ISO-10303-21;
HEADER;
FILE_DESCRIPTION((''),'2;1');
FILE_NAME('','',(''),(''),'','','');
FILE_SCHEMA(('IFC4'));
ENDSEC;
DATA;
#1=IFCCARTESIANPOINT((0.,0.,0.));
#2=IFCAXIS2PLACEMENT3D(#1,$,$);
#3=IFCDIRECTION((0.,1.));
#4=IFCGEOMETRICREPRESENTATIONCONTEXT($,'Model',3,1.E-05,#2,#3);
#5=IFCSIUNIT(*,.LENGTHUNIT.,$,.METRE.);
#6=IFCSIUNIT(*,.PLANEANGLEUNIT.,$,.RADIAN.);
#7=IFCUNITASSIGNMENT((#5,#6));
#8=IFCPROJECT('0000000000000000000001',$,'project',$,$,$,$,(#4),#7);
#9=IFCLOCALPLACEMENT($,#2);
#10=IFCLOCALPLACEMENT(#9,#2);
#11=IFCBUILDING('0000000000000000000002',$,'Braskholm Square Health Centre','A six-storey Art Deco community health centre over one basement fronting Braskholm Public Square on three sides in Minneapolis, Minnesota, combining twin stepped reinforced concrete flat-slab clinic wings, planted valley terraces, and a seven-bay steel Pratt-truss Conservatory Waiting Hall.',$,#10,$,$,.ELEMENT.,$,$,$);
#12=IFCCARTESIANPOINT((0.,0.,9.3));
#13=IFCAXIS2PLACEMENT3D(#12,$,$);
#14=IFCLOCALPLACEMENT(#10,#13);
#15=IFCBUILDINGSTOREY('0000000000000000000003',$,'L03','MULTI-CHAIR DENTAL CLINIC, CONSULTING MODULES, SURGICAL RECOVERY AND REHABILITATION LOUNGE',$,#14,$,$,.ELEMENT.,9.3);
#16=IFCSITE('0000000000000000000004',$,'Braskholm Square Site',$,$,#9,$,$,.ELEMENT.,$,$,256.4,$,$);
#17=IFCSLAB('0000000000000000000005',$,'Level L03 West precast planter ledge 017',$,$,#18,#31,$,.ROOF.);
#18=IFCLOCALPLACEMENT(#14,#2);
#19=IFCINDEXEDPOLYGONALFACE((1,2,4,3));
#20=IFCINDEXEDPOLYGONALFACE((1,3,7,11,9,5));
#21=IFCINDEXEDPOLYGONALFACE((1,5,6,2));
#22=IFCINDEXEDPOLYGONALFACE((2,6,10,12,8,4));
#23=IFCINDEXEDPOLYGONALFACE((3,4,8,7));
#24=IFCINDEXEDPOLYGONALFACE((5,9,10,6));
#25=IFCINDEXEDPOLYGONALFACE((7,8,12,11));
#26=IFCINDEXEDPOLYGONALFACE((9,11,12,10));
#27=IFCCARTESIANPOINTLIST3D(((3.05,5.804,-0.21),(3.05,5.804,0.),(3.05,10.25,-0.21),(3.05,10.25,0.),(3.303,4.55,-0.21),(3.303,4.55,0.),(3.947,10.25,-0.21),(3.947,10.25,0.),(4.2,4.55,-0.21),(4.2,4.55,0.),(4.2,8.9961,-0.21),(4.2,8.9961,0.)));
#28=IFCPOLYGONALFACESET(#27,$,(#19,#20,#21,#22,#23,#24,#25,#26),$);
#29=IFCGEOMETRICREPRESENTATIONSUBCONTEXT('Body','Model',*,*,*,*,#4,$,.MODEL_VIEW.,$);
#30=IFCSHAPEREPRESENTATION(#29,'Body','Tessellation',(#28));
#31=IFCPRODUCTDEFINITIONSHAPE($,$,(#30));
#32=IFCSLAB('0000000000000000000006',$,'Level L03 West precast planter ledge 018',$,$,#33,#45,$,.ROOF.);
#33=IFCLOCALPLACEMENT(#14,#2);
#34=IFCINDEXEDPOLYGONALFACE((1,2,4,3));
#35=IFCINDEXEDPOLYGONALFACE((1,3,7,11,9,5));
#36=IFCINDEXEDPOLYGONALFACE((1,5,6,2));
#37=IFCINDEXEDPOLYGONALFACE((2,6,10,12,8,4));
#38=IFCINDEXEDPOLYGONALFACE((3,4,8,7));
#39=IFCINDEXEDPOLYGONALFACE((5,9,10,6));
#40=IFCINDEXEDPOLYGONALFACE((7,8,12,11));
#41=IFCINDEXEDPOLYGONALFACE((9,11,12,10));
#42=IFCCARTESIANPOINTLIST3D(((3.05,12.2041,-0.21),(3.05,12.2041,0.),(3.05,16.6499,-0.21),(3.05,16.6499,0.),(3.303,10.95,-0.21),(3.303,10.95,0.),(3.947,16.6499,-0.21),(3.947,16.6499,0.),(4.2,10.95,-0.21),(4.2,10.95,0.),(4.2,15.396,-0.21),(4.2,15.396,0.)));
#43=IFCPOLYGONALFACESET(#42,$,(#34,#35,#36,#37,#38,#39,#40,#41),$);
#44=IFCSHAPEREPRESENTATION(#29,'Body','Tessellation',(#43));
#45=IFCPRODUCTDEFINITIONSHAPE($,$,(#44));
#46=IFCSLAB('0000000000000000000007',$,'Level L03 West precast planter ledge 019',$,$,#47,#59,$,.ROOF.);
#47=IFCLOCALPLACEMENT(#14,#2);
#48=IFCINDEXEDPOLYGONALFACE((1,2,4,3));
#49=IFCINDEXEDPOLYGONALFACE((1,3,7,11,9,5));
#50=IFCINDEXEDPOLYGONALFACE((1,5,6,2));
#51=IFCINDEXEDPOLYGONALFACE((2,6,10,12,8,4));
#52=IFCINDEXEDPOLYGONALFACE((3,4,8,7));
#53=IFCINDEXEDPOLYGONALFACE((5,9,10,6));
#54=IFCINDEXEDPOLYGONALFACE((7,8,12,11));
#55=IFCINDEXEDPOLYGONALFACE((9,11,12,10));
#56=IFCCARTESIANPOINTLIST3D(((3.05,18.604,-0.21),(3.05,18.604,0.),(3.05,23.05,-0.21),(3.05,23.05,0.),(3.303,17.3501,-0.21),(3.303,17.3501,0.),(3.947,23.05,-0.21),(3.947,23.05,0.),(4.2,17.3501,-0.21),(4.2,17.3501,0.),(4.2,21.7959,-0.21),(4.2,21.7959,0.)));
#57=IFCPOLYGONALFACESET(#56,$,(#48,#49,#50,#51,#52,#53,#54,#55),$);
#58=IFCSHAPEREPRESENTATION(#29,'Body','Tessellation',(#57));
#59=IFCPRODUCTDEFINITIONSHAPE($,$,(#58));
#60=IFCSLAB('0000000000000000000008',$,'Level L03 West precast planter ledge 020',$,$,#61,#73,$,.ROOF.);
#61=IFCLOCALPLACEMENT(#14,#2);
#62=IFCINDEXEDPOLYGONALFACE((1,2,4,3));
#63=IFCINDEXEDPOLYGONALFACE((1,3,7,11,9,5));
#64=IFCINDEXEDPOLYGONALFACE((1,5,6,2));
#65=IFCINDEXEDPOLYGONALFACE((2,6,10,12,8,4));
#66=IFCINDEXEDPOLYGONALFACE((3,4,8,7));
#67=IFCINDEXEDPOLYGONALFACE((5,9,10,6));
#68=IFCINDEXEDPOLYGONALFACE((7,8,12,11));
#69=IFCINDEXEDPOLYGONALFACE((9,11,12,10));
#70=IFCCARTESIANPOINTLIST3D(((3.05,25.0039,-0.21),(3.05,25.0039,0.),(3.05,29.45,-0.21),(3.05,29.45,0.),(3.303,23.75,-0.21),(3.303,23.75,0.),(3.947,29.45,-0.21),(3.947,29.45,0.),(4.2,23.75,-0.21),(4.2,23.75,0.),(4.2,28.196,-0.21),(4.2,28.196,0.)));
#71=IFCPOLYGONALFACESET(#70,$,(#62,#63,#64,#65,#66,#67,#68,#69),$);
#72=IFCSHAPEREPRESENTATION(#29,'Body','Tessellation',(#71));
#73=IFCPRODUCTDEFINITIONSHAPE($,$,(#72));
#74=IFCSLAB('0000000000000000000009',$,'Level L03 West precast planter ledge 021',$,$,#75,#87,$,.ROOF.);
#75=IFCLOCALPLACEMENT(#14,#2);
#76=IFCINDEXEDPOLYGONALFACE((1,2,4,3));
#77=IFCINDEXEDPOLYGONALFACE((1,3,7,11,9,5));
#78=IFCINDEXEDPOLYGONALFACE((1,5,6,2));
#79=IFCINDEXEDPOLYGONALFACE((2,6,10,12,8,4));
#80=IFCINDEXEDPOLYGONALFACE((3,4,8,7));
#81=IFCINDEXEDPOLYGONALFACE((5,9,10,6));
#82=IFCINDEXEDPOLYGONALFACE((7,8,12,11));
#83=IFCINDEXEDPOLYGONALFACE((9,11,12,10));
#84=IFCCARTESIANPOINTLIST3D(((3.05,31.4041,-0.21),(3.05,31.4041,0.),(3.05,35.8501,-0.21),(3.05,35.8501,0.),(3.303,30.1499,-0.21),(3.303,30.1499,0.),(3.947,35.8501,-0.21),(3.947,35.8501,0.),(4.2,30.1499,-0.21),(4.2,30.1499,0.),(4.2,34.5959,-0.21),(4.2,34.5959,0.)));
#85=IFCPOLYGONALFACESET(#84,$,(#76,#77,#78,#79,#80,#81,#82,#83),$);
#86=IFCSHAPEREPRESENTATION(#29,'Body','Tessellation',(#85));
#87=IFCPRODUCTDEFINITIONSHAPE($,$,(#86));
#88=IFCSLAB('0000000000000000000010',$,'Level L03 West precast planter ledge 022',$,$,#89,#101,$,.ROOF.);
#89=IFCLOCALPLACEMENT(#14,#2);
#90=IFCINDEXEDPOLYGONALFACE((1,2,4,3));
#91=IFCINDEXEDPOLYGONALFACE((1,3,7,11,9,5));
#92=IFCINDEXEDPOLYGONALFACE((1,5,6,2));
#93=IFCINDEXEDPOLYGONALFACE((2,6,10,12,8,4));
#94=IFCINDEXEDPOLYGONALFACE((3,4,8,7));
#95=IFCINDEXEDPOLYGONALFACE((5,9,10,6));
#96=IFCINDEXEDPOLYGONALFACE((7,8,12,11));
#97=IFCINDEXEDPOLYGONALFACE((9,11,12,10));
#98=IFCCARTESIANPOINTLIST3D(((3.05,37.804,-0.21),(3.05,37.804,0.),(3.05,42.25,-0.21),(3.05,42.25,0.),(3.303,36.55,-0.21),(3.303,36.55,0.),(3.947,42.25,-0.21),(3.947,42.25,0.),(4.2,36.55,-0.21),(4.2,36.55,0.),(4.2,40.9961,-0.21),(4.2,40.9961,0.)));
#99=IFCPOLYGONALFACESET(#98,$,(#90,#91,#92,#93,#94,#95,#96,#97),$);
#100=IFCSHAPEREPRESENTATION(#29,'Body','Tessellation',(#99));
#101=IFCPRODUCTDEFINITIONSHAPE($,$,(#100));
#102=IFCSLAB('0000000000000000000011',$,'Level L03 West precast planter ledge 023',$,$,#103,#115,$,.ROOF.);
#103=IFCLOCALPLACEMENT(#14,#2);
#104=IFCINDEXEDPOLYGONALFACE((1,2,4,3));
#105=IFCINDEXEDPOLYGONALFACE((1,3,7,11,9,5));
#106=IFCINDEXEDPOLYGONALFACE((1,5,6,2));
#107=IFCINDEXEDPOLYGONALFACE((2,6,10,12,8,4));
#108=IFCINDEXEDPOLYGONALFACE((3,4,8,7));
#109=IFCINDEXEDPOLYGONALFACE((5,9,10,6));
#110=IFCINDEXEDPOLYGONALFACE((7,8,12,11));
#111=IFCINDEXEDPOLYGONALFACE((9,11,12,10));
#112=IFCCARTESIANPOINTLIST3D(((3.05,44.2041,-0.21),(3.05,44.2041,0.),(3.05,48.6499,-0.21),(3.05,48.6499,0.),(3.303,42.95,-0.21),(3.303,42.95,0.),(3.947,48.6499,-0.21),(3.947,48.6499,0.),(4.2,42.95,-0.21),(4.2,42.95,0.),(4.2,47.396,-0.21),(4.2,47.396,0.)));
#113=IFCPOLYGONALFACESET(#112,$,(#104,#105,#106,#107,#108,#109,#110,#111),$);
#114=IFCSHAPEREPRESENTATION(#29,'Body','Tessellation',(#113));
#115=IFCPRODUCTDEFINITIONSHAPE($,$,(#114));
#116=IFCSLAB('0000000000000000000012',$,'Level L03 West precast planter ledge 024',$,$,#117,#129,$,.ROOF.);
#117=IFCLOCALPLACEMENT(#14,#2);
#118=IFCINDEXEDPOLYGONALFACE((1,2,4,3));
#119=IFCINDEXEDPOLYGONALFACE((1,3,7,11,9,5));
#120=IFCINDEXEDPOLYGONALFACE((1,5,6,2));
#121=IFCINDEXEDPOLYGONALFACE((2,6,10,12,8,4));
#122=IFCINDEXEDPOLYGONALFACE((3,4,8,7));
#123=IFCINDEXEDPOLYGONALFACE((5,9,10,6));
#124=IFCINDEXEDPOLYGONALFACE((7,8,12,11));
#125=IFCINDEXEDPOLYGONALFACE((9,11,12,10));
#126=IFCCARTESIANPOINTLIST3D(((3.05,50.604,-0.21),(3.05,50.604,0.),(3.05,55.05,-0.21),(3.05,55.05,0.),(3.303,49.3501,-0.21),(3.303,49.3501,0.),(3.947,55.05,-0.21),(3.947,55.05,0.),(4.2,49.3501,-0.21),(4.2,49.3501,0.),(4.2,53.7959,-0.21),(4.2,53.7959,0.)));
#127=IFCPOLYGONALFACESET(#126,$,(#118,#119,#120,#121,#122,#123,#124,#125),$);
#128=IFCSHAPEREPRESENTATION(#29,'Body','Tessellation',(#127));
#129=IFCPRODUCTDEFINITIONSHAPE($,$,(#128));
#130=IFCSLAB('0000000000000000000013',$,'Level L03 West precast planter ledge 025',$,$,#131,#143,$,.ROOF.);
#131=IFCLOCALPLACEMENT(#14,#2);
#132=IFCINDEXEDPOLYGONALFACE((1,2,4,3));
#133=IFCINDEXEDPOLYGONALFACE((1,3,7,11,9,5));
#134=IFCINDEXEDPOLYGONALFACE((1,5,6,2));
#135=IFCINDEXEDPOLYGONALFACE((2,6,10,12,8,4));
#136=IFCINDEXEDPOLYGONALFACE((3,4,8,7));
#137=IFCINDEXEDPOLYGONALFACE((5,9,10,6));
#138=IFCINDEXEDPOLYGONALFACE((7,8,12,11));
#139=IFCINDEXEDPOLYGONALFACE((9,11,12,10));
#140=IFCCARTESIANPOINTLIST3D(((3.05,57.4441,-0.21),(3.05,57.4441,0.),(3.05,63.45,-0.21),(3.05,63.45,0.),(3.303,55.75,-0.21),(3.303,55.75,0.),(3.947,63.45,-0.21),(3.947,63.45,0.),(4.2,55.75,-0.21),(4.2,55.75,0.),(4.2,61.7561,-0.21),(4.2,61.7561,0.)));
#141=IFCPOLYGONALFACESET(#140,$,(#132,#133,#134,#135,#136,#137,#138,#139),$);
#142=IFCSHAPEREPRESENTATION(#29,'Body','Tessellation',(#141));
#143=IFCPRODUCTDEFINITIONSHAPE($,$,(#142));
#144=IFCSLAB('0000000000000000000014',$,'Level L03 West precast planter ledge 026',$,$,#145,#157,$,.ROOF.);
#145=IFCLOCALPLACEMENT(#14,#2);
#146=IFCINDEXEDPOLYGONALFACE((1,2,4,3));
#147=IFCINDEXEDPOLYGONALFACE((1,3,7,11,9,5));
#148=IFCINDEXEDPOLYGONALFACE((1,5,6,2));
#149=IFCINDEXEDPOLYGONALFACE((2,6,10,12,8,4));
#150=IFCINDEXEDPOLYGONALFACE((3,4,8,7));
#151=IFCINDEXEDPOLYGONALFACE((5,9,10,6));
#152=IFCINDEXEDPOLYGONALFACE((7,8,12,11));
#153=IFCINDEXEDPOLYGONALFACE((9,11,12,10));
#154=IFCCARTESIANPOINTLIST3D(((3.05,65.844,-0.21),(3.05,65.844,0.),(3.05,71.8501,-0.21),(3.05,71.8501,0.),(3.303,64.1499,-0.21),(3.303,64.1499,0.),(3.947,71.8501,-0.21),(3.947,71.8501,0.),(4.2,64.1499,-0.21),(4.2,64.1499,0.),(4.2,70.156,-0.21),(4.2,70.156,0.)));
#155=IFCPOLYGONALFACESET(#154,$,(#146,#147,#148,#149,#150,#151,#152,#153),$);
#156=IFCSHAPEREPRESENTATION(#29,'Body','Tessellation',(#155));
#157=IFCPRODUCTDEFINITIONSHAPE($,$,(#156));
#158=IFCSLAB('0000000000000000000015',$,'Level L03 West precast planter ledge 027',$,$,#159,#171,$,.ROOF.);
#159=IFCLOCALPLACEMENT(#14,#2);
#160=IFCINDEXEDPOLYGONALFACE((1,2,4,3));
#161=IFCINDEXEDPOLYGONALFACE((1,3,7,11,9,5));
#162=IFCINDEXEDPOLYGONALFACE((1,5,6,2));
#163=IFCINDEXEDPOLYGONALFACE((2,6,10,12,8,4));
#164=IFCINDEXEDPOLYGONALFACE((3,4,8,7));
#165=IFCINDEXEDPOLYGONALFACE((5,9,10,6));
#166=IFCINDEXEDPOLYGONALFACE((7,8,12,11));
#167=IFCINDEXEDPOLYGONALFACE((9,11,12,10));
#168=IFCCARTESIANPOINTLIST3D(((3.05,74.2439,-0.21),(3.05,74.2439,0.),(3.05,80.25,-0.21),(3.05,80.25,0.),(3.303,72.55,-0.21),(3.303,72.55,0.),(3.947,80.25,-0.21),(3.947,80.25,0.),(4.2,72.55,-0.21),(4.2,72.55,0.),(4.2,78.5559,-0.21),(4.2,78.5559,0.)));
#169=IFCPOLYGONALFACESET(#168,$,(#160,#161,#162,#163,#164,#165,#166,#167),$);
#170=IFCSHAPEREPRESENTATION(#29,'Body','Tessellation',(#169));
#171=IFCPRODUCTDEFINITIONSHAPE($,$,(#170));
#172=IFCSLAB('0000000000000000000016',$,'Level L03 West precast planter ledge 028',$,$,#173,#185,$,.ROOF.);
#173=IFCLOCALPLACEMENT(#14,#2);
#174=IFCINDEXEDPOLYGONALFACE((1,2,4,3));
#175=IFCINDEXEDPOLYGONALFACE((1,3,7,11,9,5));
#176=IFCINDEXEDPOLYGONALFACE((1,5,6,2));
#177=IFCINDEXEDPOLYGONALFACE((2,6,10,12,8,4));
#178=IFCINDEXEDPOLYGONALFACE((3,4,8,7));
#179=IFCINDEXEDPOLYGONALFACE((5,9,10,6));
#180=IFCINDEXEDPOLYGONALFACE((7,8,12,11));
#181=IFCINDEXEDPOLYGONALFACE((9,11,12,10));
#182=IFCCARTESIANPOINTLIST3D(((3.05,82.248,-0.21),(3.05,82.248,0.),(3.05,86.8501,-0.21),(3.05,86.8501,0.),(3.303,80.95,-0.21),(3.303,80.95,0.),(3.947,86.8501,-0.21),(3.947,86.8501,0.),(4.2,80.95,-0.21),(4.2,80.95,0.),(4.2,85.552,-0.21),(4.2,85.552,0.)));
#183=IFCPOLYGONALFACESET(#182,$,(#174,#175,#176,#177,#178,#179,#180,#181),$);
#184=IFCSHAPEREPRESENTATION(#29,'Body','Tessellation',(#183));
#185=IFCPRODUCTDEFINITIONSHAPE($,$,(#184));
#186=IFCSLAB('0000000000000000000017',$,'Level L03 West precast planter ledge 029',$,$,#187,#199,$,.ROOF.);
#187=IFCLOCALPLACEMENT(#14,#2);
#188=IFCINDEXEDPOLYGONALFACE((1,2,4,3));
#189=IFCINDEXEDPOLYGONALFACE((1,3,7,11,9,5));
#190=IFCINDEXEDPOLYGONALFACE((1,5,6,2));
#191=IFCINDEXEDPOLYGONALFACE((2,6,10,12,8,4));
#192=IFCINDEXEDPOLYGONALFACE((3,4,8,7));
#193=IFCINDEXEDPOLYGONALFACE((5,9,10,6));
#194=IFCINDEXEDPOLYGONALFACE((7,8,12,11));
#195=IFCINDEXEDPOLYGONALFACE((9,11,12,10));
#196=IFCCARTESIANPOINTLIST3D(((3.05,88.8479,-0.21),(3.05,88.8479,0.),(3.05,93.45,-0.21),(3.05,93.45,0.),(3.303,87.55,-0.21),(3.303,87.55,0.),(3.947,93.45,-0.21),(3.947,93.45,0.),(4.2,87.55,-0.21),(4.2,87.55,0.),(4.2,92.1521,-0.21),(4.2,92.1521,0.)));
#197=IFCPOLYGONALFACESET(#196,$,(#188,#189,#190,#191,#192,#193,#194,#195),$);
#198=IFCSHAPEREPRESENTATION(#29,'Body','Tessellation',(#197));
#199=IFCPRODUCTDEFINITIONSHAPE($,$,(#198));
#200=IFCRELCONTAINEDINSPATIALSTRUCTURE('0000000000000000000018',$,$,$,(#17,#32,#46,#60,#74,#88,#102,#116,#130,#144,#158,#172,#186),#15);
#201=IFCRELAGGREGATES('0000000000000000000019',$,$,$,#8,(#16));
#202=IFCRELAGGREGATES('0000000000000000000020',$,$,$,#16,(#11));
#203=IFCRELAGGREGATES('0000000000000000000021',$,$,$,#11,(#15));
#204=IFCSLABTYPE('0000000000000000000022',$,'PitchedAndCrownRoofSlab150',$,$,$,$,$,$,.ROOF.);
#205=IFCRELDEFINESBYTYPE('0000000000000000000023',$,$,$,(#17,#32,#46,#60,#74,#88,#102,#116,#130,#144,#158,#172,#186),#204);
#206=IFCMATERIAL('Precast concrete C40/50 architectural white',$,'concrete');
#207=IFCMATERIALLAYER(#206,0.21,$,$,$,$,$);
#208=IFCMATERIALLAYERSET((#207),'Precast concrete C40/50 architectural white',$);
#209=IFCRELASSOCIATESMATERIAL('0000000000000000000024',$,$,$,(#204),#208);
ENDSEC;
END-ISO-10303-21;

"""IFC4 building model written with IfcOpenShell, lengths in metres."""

from ifc_helpers import new_model, si_unit, direction, frame, origin, place, context, subcontext, project, spatial, polyline, outline, extrude, material, layer, layer_set, type_object, element, save


model = new_model("IFC4")

# Units and contexts
model_context = context("Model", 3, precision=1e-05, world=origin(), true_north=direction((0.0, 1.0)))
body_context = subcontext(model_context, "Body", "Model", "MODEL_VIEW")
ifc_project = project(units=[si_unit("LENGTHUNIT", "METRE"), si_unit("PLANEANGLEUNIT", "RADIAN")], contexts=[model_context])

# Site, building, storey
site_placement = place(None, origin())
site = spatial("IfcSite", under=ifc_project, at=site_placement, Name="Braskholm Square Site", CompositionType="ELEMENT", RefElevation=256.4)
building_placement = place(site_placement, origin())
building = spatial("IfcBuilding", under=site, at=building_placement, Name="Braskholm Square Health Centre", Description="A six-storey Art Deco community health centre over one basement fronting Braskholm Public Square on three sides in Minneapolis, Minnesota, combining twin stepped reinforced concrete flat-slab clinic wings, planted valley terraces, and a seven-bay steel Pratt-truss Conservatory Waiting Hall.", CompositionType="ELEMENT")
storey_placement = place(building_placement, frame((0.0, 0.0, 9.3)))
storey = spatial("IfcBuildingStorey", under=building, at=storey_placement, Name="L03", Description="MULTI-CHAIR DENTAL CLINIC, CONSULTING MODULES, SURGICAL RECOVERY AND REHABILITATION LOUNGE", CompositionType="ELEMENT", Elevation=9.3)

# Slabs
ifc_material_1 = material(Name="Precast concrete C40/50 architectural white", Category="concrete")
ifc_layer_1 = layer(ifc_material_1, 0.21)
ifc_layer_set_1 = layer_set([ifc_layer_1], Name="Precast concrete C40/50 architectural white")
slab_type_1 = type_object("IfcSlabType", Name="PitchedAndCrownRoofSlab150", PredefinedType="ROOF", material=ifc_layer_set_1)
slab_1_placement = place(storey_placement, frame((0.0, 0.0, -0.21)))
element("IfcSlab", 1, at=slab_1_placement, inside=storey, type_object=slab_type_1, Name="Level L03 West precast planter ledge 017", PredefinedType="ROOF", context=body_context, shape_type="SweptSolid", body=[
    extrude(outline(polyline([(3.303, 4.55), (4.2, 4.55), (4.2, 8.9961), (3.947, 10.25), (3.05, 10.25), (3.05, 5.804), (3.303, 4.55)])), origin(), (0.0, 0.0, 1.0), 0.21),
])
slab_2_placement = place(storey_placement, frame((0.0, 0.0, -0.21)))
element("IfcSlab", 2, at=slab_2_placement, inside=storey, type_object=slab_type_1, Name="Level L03 West precast planter ledge 018", PredefinedType="ROOF", context=body_context, shape_type="SweptSolid", body=[
    extrude(outline(polyline([(3.303, 10.95), (4.2, 10.95), (4.2, 15.396), (3.947, 16.6499), (3.05, 16.6499), (3.05, 12.2041), (3.303, 10.95)])), origin(), (0.0, 0.0, 1.0), 0.21),
])
slab_3_placement = place(storey_placement, frame((0.0, 0.0, -0.21)))
element("IfcSlab", 3, at=slab_3_placement, inside=storey, type_object=slab_type_1, Name="Level L03 West precast planter ledge 019", PredefinedType="ROOF", context=body_context, shape_type="SweptSolid", body=[
    extrude(outline(polyline([(3.303, 17.3501), (4.2, 17.3501), (4.2, 21.7959), (3.947, 23.05), (3.05, 23.05), (3.05, 18.604), (3.303, 17.3501)])), origin(), (0.0, 0.0, 1.0), 0.21),
])
slab_4_placement = place(storey_placement, frame((0.0, 0.0, -0.21)))
element("IfcSlab", 4, at=slab_4_placement, inside=storey, type_object=slab_type_1, Name="Level L03 West precast planter ledge 020", PredefinedType="ROOF", context=body_context, shape_type="SweptSolid", body=[
    extrude(outline(polyline([(3.303, 23.75), (4.2, 23.75), (4.2, 28.196), (3.947, 29.45), (3.05, 29.45), (3.05, 25.0039), (3.303, 23.75)])), origin(), (0.0, 0.0, 1.0), 0.21),
])
slab_5_placement = place(storey_placement, frame((0.0, 0.0, -0.21)))
element("IfcSlab", 5, at=slab_5_placement, inside=storey, type_object=slab_type_1, Name="Level L03 West precast planter ledge 021", PredefinedType="ROOF", context=body_context, shape_type="SweptSolid", body=[
    extrude(outline(polyline([(3.303, 30.1499), (4.2, 30.1499), (4.2, 34.5959), (3.947, 35.8501), (3.05, 35.8501), (3.05, 31.4041), (3.303, 30.1499)])), origin(), (0.0, 0.0, 1.0), 0.21),
])
slab_6_placement = place(storey_placement, frame((0.0, 0.0, -0.21)))
element("IfcSlab", 6, at=slab_6_placement, inside=storey, type_object=slab_type_1, Name="Level L03 West precast planter ledge 022", PredefinedType="ROOF", context=body_context, shape_type="SweptSolid", body=[
    extrude(outline(polyline([(3.303, 36.55), (4.2, 36.55), (4.2, 40.9961), (3.947, 42.25), (3.05, 42.25), (3.05, 37.804), (3.303, 36.55)])), origin(), (0.0, 0.0, 1.0), 0.21),
])
slab_7_placement = place(storey_placement, frame((0.0, 0.0, -0.21)))
element("IfcSlab", 7, at=slab_7_placement, inside=storey, type_object=slab_type_1, Name="Level L03 West precast planter ledge 023", PredefinedType="ROOF", context=body_context, shape_type="SweptSolid", body=[
    extrude(outline(polyline([(3.303, 42.95), (4.2, 42.95), (4.2, 47.396), (3.947, 48.6499), (3.05, 48.6499), (3.05, 44.2041), (3.303, 42.95)])), origin(), (0.0, 0.0, 1.0), 0.21),
])
slab_8_placement = place(storey_placement, frame((0.0, 0.0, -0.21)))
element("IfcSlab", 8, at=slab_8_placement, inside=storey, type_object=slab_type_1, Name="Level L03 West precast planter ledge 024", PredefinedType="ROOF", context=body_context, shape_type="SweptSolid", body=[
    extrude(outline(polyline([(3.303, 49.3501), (4.2, 49.3501), (4.2, 53.7959), (3.947, 55.05), (3.05, 55.05), (3.05, 50.604), (3.303, 49.3501)])), origin(), (0.0, 0.0, 1.0), 0.21),
])
slab_9_placement = place(storey_placement, frame((0.0, 0.0, -0.21)))
element("IfcSlab", 9, at=slab_9_placement, inside=storey, type_object=slab_type_1, Name="Level L03 West precast planter ledge 025", PredefinedType="ROOF", context=body_context, shape_type="SweptSolid", body=[
    extrude(outline(polyline([(3.303, 55.75), (4.2, 55.75), (4.2, 61.7561), (3.947, 63.45), (3.05, 63.45), (3.05, 57.4441), (3.303, 55.75)])), origin(), (0.0, 0.0, 1.0), 0.21),
])
slab_10_placement = place(storey_placement, frame((0.0, 0.0, -0.21)))
element("IfcSlab", 10, at=slab_10_placement, inside=storey, type_object=slab_type_1, Name="Level L03 West precast planter ledge 026", PredefinedType="ROOF", context=body_context, shape_type="SweptSolid", body=[
    extrude(outline(polyline([(3.303, 64.1499), (4.2, 64.1499), (4.2, 70.156), (3.947, 71.8501), (3.05, 71.8501), (3.05, 65.844), (3.303, 64.1499)])), origin(), (0.0, 0.0, 1.0), 0.21),
])
slab_11_placement = place(storey_placement, frame((0.0, 0.0, -0.21)))
element("IfcSlab", 11, at=slab_11_placement, inside=storey, type_object=slab_type_1, Name="Level L03 West precast planter ledge 027", PredefinedType="ROOF", context=body_context, shape_type="SweptSolid", body=[
    extrude(outline(polyline([(3.303, 72.55), (4.2, 72.55), (4.2, 78.5559), (3.947, 80.25), (3.05, 80.25), (3.05, 74.2439), (3.303, 72.55)])), origin(), (0.0, 0.0, 1.0), 0.21),
])
slab_12_placement = place(storey_placement, frame((0.0, 0.0, -0.21)))
element("IfcSlab", 12, at=slab_12_placement, inside=storey, type_object=slab_type_1, Name="Level L03 West precast planter ledge 028", PredefinedType="ROOF", context=body_context, shape_type="SweptSolid", body=[
    extrude(outline(polyline([(3.303, 80.95), (4.2, 80.95), (4.2, 85.552), (3.947, 86.8501), (3.05, 86.8501), (3.05, 82.248), (3.303, 80.95)])), origin(), (0.0, 0.0, 1.0), 0.21),
])
slab_13_placement = place(storey_placement, frame((0.0, 0.0, -0.21)))
element("IfcSlab", 13, at=slab_13_placement, inside=storey, type_object=slab_type_1, Name="Level L03 West precast planter ledge 029", PredefinedType="ROOF", context=body_context, shape_type="SweptSolid", body=[
    extrude(outline(polyline([(3.303, 87.55), (4.2, 87.55), (4.2, 92.1521), (3.947, 93.45), (3.05, 93.45), (3.05, 88.8479), (3.303, 87.55)])), origin(), (0.0, 0.0, 1.0), 0.21),
])

save(model, "model.ifc")
